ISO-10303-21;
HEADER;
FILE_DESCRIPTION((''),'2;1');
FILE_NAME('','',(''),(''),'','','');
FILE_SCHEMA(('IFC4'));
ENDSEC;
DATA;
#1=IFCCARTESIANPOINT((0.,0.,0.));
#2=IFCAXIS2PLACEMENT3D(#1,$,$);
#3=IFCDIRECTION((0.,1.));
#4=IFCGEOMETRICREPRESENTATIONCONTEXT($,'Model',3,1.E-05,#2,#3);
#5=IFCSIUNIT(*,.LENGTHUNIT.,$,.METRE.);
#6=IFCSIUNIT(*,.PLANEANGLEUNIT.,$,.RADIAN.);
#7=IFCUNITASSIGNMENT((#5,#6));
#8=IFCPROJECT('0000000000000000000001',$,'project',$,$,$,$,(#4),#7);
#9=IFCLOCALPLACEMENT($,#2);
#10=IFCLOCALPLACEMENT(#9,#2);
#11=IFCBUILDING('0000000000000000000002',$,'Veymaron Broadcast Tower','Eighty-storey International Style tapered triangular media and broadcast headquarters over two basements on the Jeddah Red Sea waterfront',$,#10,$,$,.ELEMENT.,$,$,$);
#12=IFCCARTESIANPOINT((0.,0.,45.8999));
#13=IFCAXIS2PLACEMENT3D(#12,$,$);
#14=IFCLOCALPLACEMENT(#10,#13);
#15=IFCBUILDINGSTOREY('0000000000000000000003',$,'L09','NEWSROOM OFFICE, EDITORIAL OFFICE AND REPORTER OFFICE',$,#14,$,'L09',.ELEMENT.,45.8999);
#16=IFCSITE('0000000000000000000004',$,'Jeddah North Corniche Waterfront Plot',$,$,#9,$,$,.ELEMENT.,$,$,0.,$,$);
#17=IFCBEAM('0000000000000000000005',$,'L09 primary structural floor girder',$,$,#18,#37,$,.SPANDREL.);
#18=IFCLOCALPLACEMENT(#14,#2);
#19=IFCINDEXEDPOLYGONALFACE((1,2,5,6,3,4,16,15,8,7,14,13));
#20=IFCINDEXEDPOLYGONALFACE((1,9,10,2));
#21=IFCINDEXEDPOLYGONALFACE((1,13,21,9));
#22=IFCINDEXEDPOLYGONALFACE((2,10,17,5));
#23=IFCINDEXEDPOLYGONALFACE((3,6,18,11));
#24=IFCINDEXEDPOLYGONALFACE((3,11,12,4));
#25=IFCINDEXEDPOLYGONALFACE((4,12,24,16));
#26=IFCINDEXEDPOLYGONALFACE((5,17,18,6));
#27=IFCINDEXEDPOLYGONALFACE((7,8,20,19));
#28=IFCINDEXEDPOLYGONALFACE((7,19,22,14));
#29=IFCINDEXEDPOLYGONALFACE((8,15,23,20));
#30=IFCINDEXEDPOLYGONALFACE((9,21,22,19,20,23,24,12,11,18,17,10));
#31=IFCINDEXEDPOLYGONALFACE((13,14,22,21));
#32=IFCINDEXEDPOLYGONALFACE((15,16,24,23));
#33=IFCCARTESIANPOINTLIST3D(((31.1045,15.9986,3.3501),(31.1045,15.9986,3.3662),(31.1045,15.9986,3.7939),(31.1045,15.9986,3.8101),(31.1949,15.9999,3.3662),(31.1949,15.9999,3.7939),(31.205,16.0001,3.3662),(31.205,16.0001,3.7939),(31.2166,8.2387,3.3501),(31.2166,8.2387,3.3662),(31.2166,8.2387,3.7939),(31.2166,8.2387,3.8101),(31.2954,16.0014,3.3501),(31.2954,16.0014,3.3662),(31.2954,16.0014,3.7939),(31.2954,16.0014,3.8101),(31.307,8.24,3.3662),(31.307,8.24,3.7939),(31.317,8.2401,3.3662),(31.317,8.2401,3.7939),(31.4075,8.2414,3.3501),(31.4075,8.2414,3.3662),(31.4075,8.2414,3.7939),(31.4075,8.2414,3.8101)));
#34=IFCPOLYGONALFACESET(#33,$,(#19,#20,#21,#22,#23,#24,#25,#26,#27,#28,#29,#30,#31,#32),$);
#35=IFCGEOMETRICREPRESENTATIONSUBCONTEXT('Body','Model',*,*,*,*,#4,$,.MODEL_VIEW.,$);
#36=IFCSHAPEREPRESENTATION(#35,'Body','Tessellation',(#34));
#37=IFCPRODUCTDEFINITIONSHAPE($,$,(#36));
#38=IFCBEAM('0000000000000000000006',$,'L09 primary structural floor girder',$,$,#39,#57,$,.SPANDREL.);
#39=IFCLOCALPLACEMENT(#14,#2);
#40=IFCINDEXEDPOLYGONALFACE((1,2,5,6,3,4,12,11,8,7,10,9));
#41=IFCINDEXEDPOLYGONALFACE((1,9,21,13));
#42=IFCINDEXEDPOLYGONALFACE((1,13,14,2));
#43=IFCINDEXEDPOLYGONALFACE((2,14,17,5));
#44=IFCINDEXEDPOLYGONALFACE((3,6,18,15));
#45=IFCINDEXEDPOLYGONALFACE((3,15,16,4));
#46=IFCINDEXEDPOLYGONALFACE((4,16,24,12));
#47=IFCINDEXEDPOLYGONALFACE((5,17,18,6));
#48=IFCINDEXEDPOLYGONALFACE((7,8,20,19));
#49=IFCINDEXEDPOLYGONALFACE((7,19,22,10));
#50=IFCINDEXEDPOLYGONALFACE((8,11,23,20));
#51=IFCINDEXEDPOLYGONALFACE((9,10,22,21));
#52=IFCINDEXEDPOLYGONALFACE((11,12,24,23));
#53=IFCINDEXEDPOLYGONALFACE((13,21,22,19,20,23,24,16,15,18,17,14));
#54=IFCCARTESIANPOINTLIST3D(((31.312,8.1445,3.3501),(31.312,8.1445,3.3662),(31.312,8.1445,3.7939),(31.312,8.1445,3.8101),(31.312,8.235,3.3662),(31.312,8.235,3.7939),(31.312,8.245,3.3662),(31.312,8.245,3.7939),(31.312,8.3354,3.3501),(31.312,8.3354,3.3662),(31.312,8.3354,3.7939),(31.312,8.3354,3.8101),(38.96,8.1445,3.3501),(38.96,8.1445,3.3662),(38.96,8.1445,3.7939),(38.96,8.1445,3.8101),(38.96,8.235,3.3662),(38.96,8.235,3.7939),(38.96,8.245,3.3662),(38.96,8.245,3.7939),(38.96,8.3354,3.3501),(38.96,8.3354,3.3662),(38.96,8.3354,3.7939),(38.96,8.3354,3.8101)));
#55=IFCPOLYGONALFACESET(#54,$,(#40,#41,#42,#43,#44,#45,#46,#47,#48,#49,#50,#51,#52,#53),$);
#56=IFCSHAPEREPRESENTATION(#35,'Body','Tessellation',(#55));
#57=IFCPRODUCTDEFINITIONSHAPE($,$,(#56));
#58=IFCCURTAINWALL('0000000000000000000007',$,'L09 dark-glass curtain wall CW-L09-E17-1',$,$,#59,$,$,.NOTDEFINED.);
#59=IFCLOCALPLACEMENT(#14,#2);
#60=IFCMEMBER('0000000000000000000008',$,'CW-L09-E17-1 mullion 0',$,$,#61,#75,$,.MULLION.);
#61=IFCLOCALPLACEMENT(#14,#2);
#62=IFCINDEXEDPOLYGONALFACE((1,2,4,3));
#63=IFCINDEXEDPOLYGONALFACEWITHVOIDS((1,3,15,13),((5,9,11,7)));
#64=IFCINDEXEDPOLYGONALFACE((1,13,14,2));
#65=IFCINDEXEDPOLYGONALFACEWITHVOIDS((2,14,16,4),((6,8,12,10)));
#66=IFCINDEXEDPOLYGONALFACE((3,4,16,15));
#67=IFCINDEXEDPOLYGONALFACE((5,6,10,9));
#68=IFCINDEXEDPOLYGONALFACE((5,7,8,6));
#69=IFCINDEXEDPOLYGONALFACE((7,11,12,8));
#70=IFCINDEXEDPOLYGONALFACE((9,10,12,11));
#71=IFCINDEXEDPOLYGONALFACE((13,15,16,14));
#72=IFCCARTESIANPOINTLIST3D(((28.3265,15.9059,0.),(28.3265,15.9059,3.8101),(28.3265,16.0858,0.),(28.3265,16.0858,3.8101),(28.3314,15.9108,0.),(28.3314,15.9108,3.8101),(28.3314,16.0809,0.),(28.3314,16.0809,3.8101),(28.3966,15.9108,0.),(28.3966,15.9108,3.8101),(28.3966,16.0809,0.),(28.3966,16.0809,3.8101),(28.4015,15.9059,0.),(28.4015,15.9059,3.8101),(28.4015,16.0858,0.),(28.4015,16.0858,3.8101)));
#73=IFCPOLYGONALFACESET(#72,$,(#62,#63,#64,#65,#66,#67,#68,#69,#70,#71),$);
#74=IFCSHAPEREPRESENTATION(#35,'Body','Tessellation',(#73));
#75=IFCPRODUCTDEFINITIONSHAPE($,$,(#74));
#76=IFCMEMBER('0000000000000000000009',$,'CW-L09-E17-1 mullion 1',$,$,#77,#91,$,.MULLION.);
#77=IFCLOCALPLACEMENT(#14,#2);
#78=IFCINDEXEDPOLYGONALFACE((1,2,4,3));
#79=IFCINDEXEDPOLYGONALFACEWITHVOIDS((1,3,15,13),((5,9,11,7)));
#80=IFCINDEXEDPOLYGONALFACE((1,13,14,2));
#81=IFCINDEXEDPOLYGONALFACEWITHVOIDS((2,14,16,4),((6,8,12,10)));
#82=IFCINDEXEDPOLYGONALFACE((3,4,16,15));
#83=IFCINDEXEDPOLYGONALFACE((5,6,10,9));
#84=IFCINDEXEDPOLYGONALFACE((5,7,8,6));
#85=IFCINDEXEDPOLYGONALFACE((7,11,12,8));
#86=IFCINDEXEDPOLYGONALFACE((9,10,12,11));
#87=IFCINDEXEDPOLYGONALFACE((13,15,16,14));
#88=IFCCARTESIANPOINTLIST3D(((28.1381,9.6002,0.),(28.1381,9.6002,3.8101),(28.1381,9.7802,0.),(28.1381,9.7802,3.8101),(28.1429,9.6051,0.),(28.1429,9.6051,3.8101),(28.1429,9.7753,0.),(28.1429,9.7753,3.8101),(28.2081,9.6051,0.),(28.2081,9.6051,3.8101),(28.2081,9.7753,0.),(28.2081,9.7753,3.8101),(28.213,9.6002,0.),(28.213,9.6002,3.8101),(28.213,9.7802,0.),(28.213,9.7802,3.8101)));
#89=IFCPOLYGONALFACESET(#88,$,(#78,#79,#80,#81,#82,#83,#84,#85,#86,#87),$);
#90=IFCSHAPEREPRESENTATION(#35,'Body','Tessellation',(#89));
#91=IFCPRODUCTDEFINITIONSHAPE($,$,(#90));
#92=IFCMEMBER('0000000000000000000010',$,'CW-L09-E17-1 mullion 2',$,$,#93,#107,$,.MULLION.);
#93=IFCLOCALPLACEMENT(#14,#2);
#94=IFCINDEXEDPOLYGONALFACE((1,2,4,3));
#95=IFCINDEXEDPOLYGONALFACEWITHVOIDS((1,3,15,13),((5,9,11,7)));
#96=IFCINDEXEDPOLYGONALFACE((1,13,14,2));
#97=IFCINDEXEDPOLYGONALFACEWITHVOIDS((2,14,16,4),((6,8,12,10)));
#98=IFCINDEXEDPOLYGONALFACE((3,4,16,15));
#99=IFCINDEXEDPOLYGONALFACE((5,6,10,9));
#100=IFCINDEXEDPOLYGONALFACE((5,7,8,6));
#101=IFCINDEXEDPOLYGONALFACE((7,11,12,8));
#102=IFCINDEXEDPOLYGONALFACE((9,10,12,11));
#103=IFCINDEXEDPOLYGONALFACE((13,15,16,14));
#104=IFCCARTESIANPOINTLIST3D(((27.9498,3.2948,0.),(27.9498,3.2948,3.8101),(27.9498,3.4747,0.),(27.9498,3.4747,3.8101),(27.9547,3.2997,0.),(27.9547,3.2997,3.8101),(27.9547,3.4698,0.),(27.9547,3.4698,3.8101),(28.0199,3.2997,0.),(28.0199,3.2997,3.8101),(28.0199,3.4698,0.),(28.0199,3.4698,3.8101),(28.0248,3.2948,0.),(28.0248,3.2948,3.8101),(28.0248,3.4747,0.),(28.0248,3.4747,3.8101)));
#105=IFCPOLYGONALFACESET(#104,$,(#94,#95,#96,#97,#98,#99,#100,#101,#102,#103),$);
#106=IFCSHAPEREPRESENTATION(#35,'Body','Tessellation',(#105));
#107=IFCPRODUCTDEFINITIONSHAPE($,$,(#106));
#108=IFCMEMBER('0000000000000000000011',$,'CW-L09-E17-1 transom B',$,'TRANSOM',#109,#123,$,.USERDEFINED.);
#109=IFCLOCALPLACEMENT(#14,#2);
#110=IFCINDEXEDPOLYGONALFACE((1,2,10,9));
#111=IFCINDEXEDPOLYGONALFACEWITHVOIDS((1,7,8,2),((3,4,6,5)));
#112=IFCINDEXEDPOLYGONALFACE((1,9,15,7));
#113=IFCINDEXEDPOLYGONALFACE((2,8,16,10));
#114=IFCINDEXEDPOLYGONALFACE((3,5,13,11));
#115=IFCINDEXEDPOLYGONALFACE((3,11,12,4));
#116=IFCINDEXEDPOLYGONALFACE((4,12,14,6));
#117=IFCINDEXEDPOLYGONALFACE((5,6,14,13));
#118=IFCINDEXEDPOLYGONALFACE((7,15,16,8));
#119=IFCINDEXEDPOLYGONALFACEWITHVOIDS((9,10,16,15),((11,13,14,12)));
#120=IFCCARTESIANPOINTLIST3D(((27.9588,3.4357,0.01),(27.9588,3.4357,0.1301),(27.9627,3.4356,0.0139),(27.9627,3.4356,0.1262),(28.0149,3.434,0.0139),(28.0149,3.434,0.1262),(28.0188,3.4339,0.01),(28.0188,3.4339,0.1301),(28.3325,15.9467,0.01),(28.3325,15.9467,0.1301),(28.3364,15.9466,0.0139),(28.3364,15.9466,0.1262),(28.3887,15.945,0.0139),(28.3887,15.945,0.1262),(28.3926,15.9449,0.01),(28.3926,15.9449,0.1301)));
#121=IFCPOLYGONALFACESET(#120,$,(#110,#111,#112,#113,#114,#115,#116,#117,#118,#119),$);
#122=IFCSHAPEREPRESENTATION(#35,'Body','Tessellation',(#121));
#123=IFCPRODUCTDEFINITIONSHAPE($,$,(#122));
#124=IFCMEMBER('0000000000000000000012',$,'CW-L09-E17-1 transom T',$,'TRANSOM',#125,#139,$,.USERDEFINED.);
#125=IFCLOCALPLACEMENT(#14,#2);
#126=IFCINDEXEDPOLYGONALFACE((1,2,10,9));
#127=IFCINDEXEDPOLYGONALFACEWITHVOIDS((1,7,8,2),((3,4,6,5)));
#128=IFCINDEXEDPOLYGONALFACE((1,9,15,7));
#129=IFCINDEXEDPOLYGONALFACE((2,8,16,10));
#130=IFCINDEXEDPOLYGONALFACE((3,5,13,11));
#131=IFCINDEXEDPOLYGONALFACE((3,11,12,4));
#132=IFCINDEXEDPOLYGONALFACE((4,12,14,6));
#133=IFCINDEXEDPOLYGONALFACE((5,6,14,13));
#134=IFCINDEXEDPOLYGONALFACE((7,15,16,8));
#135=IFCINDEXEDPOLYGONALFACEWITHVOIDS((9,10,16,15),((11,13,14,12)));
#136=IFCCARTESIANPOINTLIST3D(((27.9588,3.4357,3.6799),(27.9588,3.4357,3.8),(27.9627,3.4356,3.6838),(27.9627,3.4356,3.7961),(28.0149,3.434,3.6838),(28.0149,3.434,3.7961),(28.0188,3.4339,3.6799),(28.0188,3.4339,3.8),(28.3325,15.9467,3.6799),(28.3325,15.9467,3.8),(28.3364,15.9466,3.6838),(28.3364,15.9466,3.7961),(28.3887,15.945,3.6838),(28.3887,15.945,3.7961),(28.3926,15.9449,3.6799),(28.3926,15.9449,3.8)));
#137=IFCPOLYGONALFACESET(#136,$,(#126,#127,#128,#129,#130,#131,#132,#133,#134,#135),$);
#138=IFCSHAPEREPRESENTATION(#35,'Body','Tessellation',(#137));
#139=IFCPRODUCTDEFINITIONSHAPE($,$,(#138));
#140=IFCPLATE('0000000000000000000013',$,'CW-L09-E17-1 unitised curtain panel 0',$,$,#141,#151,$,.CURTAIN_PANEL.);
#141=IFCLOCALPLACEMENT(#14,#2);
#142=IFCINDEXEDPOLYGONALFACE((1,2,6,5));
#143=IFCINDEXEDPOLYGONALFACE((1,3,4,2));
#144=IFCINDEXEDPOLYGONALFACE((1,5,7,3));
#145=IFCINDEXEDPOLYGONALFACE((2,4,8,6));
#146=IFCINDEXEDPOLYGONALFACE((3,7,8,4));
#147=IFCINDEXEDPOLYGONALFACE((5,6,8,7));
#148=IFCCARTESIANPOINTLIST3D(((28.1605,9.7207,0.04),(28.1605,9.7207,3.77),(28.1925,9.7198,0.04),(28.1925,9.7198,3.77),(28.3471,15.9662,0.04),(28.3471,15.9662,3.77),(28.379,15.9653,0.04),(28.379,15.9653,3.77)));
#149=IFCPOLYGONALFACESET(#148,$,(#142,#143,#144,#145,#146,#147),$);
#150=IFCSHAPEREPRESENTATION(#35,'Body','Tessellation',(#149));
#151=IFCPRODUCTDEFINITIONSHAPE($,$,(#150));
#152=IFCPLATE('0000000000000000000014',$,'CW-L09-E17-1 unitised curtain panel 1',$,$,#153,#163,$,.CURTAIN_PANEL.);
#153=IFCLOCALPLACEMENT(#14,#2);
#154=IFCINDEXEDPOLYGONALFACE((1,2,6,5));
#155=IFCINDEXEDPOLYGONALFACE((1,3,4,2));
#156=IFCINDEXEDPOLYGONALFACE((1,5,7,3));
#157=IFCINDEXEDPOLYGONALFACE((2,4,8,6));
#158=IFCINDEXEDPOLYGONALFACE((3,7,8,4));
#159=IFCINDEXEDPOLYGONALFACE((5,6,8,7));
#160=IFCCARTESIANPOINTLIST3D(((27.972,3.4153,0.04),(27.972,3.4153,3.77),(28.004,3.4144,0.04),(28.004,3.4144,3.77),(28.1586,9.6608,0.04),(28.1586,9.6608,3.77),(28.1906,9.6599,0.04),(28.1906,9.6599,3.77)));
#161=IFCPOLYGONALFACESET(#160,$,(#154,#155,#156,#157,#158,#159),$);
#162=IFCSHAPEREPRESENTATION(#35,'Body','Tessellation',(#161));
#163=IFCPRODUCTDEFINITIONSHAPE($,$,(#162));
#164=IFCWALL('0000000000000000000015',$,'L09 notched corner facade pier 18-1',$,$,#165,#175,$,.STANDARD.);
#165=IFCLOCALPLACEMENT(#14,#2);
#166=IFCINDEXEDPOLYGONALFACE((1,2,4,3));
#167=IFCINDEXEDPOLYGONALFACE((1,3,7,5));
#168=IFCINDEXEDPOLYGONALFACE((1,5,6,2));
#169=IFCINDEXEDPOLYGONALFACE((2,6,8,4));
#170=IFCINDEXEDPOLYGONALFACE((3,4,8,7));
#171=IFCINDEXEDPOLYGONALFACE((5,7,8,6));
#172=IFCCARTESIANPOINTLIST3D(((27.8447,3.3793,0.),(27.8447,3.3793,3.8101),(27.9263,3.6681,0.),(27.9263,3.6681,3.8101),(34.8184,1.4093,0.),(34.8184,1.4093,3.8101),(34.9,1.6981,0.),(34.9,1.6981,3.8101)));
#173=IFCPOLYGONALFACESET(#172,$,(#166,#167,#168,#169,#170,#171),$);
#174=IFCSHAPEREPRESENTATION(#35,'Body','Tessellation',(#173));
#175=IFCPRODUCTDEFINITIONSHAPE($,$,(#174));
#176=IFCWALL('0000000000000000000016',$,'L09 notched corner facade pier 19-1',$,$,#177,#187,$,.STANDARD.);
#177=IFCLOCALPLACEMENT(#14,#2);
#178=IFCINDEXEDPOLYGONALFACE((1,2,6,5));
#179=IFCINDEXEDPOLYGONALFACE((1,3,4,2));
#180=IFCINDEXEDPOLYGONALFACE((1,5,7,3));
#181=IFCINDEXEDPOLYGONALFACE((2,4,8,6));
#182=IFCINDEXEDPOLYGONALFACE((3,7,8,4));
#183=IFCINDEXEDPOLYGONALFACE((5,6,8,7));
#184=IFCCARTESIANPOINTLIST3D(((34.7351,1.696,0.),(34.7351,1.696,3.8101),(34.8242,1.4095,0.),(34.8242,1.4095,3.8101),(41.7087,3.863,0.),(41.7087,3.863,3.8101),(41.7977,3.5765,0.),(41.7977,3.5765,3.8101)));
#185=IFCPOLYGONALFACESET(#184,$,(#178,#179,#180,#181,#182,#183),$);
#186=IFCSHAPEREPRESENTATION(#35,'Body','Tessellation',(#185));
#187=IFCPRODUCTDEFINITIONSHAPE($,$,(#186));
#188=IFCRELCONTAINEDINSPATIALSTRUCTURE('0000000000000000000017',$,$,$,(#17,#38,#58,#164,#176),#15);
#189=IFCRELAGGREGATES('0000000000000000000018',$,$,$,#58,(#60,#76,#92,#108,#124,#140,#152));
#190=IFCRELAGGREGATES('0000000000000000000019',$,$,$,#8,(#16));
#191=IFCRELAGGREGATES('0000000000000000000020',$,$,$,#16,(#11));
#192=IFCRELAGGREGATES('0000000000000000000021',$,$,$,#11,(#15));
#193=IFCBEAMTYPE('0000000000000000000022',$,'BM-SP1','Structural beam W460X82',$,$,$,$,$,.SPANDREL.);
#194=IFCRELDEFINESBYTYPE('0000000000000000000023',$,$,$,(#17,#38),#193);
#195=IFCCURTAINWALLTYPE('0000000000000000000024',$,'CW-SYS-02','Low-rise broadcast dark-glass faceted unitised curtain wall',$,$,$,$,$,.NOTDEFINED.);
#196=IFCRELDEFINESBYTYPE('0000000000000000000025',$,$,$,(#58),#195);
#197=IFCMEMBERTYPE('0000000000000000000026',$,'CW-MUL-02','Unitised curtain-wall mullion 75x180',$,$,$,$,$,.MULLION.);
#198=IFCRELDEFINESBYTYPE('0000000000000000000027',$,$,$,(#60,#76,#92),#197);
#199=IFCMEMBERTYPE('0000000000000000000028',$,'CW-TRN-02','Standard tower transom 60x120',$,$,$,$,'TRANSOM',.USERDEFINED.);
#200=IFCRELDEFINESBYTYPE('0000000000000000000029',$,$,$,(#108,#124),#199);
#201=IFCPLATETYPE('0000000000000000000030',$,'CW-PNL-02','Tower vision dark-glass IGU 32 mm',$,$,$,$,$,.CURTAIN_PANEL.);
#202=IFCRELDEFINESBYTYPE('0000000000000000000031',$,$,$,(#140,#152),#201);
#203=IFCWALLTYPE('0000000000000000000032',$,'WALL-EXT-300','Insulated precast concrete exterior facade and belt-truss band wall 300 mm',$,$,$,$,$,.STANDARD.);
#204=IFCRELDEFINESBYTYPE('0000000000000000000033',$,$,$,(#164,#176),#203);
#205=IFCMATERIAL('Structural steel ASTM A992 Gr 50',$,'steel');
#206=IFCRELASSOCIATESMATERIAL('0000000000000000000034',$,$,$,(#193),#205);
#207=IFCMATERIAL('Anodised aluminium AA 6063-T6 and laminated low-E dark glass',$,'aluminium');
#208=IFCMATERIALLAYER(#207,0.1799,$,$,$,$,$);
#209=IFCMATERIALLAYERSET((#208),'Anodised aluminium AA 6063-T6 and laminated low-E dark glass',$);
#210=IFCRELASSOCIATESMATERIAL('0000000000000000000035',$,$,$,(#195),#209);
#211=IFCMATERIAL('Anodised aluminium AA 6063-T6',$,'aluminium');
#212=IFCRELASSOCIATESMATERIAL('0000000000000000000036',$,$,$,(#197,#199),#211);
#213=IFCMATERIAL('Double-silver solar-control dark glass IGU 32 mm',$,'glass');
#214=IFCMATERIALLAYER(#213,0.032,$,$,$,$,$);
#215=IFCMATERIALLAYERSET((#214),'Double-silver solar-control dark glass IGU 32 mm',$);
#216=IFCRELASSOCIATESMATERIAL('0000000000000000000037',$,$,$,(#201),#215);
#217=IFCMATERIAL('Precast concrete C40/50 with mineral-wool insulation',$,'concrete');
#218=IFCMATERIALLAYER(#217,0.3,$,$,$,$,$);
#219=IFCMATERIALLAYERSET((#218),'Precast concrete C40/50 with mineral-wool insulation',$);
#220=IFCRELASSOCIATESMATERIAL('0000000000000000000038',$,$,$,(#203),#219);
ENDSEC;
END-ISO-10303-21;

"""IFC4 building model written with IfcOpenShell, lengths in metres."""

from ifc_helpers import new_model, si_unit, direction, frame, frame_2d, origin, origin_2d, place, context, subcontext, project, spatial, rectangle, hollow_rectangle, i_section, extrude, material, layer, layer_set, material_profile, profile_set, type_object, element, aggregate, save


model = new_model("IFC4")

# Units and contexts
model_context = context("Model", 3, precision=1e-05, world=origin(), true_north=direction((0.0, 1.0)))
body_context = subcontext(model_context, "Body", "Model", "MODEL_VIEW")
ifc_project = project(units=[si_unit("LENGTHUNIT", "METRE"), si_unit("PLANEANGLEUNIT", "RADIAN")], contexts=[model_context])

# Site, building, storey
site_placement = place(None, origin())
site = spatial("IfcSite", under=ifc_project, at=site_placement, Name="Jeddah North Corniche Waterfront Plot", CompositionType="ELEMENT", RefElevation=0.0)
building_placement = place(site_placement, origin())
building = spatial("IfcBuilding", under=site, at=building_placement, Name="Veymaron Broadcast Tower", Description="Eighty-storey International Style tapered triangular media and broadcast headquarters over two basements on the Jeddah Red Sea waterfront", CompositionType="ELEMENT")
storey_placement = place(building_placement, frame((0.0, 0.0, 45.8999)))
storey = spatial("IfcBuildingStorey", under=building, at=storey_placement, Name="L09", Description="NEWSROOM OFFICE, EDITORIAL OFFICE AND REPORTER OFFICE", LongName="L09", CompositionType="ELEMENT", Elevation=45.8999)

# Beams
ifc_material_1 = material(Name="Structural steel ASTM A992 Gr 50", Category="steel")
ifc_material_profile_1 = material_profile(ifc_material_1, i_section(OverallWidth=0.1909, OverallDepth=0.46, WebThickness=0.01, FlangeThickness=0.0161, at=origin_2d()), Name="W460X82")
ifc_profile_set_1 = profile_set([ifc_material_profile_1], Name="Structural steel ASTM A992 Gr 50")
beam_type_1 = type_object("IfcBeamType", Name="BM-SP1", Description="Structural beam W460X82", PredefinedType="SPANDREL", material=ifc_profile_set_1)
beam_1_placement = place(storey_placement, frame((31.2, 16.0, 3.5801), z_axis=(0.014439, -0.999896, 0.0), x_axis=(0.999896, 0.014439, 0.0)))
element("IfcBeam", 1, at=beam_1_placement, inside=storey, type_object=beam_type_1, Name="L09 primary structural floor girder", PredefinedType="SPANDREL", context=body_context, shape_type="SweptSolid", body=[
    extrude(i_section(OverallWidth=0.1909, OverallDepth=0.46, WebThickness=0.01, FlangeThickness=0.0161, at=origin_2d()), origin(), (0.0, 0.0, 1.0), 7.7607),
])
beam_2_placement = place(storey_placement, frame((31.312, 8.24, 3.5801), z_axis=(1.0, 0.0, 0.0), x_axis=(0.0, 1.0, 0.0)))
element("IfcBeam", 2, at=beam_2_placement, inside=storey, type_object=beam_type_1, Name="L09 primary structural floor girder", PredefinedType="SPANDREL", context=body_context, shape_type="SweptSolid", body=[
    extrude(i_section(OverallWidth=0.1909, OverallDepth=0.46, WebThickness=0.01, FlangeThickness=0.0161, at=origin_2d()), origin(), (0.0, 0.0, 1.0), 7.6479),
])

# Curtain wall, members, plates
ifc_material_2 = material(Name="Anodised aluminium AA 6063-T6 and laminated low-E dark glass", Category="aluminium")
ifc_layer_1 = layer(ifc_material_2, 0.1799)
ifc_layer_set_1 = layer_set([ifc_layer_1], Name="Anodised aluminium AA 6063-T6 and laminated low-E dark glass")
curtain_wall_type = type_object("IfcCurtainWallType", Name="CW-SYS-02", Description="Low-rise broadcast dark-glass faceted unitised curtain wall", PredefinedType="NOTDEFINED", material=ifc_layer_set_1)
curtain_wall_placement = place(storey_placement, origin())
curtain_wall = element("IfcCurtainWall", 3, at=curtain_wall_placement, inside=storey, type_object=curtain_wall_type, Name="L09 dark-glass curtain wall CW-L09-E17-1", PredefinedType="NOTDEFINED")
ifc_material_3 = material(Name="Anodised aluminium AA 6063-T6", Category="aluminium")
ifc_material_profile_2 = material_profile(ifc_material_3, hollow_rectangle(XDim=0.075, YDim=0.1799, WallThickness=0.0049, at=origin_2d()), Name="AL180X75X5")
ifc_profile_set_2 = profile_set([ifc_material_profile_2], Name="Anodised aluminium AA 6063-T6")
member_type_1 = type_object("IfcMemberType", Name="CW-MUL-02", Description="Unitised curtain-wall mullion 75x180", PredefinedType="MULLION", material=ifc_profile_set_2)
member_1_placement = place(storey_placement, frame((28.364, 15.9958, 0.0), z_axis=(0.0, 0.0, 1.0), x_axis=(1.0, 0.0, 0.0)))
member_1 = element("IfcMember", 4, at=member_1_placement, type_object=member_type_1, Name="CW-L09-E17-1 mullion 0", PredefinedType="MULLION", context=body_context, shape_type="SweptSolid", body=[
    extrude(hollow_rectangle(XDim=0.075, YDim=0.1799, WallThickness=0.0049, at=origin_2d()), origin(), (0.0, 0.0, 1.0), 3.8101),
])
member_2_placement = place(storey_placement, frame((28.1755, 9.6902, 0.0), z_axis=(0.0, 0.0, 1.0), x_axis=(1.0, 0.0, 0.0)))
member_2 = element("IfcMember", 5, at=member_2_placement, type_object=member_type_1, Name="CW-L09-E17-1 mullion 1", PredefinedType="MULLION", context=body_context, shape_type="SweptSolid", body=[
    extrude(hollow_rectangle(XDim=0.075, YDim=0.1799, WallThickness=0.0049, at=origin_2d()), origin(), (0.0, 0.0, 1.0), 3.8101),
])
member_3_placement = place(storey_placement, frame((27.9873, 3.3848, 0.0), z_axis=(0.0, 0.0, 1.0), x_axis=(1.0, 0.0, 0.0)))
member_3 = element("IfcMember", 6, at=member_3_placement, type_object=member_type_1, Name="CW-L09-E17-1 mullion 2", PredefinedType="MULLION", context=body_context, shape_type="SweptSolid", body=[
    extrude(hollow_rectangle(XDim=0.075, YDim=0.1799, WallThickness=0.0049, at=origin_2d()), origin(), (0.0, 0.0, 1.0), 3.8101),
])
ifc_material_profile_3 = material_profile(ifc_material_3, hollow_rectangle(XDim=0.0601, YDim=0.1201, WallThickness=0.0039, at=origin_2d()), Name="AL120X60X4")
ifc_profile_set_3 = profile_set([ifc_material_profile_3], Name="Anodised aluminium AA 6063-T6")
member_type_2 = type_object("IfcMemberType", Name="CW-TRN-02", Description="Standard tower transom 60x120", ElementType="TRANSOM", PredefinedType="USERDEFINED", material=ifc_profile_set_3)
member_4_placement = place(storey_placement, frame((28.3625, 15.9458, 0.0701), z_axis=(-0.029863, -0.999554, 0.0), x_axis=(0.999554, -0.029863, 0.0)))
member_4 = element("IfcMember", 7, at=member_4_placement, type_object=member_type_2, Name="CW-L09-E17-1 transom B", ObjectType="TRANSOM", PredefinedType="USERDEFINED", context=body_context, shape_type="SweptSolid", body=[
    extrude(hollow_rectangle(XDim=0.0601, YDim=0.1201, WallThickness=0.0039, at=origin_2d()), origin(), (0.0, 0.0, 1.0), 12.5166),
])
member_5_placement = place(storey_placement, frame((28.3625, 15.9458, 3.74), z_axis=(-0.029863, -0.999554, 0.0), x_axis=(0.999554, -0.029863, 0.0)))
member_5 = element("IfcMember", 8, at=member_5_placement, type_object=member_type_2, Name="CW-L09-E17-1 transom T", ObjectType="TRANSOM", PredefinedType="USERDEFINED", context=body_context, shape_type="SweptSolid", body=[
    extrude(hollow_rectangle(XDim=0.0601, YDim=0.1201, WallThickness=0.0039, at=origin_2d()), origin(), (0.0, 0.0, 1.0), 12.5166),
])
ifc_material_4 = material(Name="Double-silver solar-control dark glass IGU 32 mm", Category="glass")
ifc_layer_2 = layer(ifc_material_4, 0.032)
ifc_layer_set_2 = layer_set([ifc_layer_2], Name="Double-silver solar-control dark glass IGU 32 mm")
plate_type = type_object("IfcPlateType", Name="CW-PNL-02", Description="Tower vision dark-glass IGU 32 mm", PredefinedType="CURTAIN_PANEL", material=ifc_layer_set_2)
plate_1_placement = place(storey_placement, frame((28.2698, 12.843, 0.04), z_axis=(0.0, 0.0, 1.0), x_axis=(-0.029858, -0.999554, 0.0)))
plate_1 = element("IfcPlate", 9, at=plate_1_placement, type_object=plate_type, Name="CW-L09-E17-1 unitised curtain panel 0", PredefinedType="CURTAIN_PANEL", context=body_context, shape_type="SweptSolid", body=[
    extrude(rectangle(XDim=6.2483, YDim=0.032, at=origin_2d()), origin(), (0.0, 0.0, 1.0), 3.73),
])
plate_2_placement = place(storey_placement, frame((28.0813, 6.5376, 0.04), z_axis=(0.0, 0.0, 1.0), x_axis=(-0.029858, -0.999554, 0.0)))
plate_2 = element("IfcPlate", 10, at=plate_2_placement, type_object=plate_type, Name="CW-L09-E17-1 unitised curtain panel 1", PredefinedType="CURTAIN_PANEL", context=body_context, shape_type="SweptSolid", body=[
    extrude(rectangle(XDim=6.2483, YDim=0.032, at=origin_2d()), origin(), (0.0, 0.0, 1.0), 3.73),
])
aggregate(curtain_wall, [member_1, member_2, member_3, member_4, member_5, plate_1, plate_2])

# Walls
ifc_material_5 = material(Name="Precast concrete C40/50 with mineral-wool insulation", Category="concrete")
ifc_layer_3 = layer(ifc_material_5, 0.3)
ifc_layer_set_3 = layer_set([ifc_layer_3], Name="Precast concrete C40/50 with mineral-wool insulation")
wall_type_1 = type_object("IfcWallType", Name="WALL-EXT-300", Description="Insulated precast concrete exterior facade and belt-truss band wall 300 mm", PredefinedType="STANDARD", material=ifc_layer_set_3)
wall_1_placement = place(storey_placement, frame((27.8855, 3.5237, 0.0), z_axis=(0.0, 0.0, 1.0), x_axis=(0.96234, -0.27185, 0.0)))
element("IfcWall", 11, at=wall_1_placement, inside=storey, type_object=wall_type_1, Name="L09 notched corner facade pier 18-1", PredefinedType="STANDARD", context=body_context, shape_type="SweptSolid", body=[
    extrude(rectangle(XDim=7.2466, YDim=0.3, at=frame_2d((3.6233, 0.0))), origin(), (0.0, 0.0, 1.0), 3.8101),
])
wall_2_placement = place(storey_placement, frame((34.7795, 1.5527, 0.0), z_axis=(0.0, 0.0, 1.0), x_axis=(0.954957, 0.296744, 0.0)))
element("IfcWall", 12, at=wall_2_placement, inside=storey, type_object=wall_type_1, Name="L09 notched corner facade pier 19-1", PredefinedType="STANDARD", context=body_context, shape_type="SweptSolid", body=[
    extrude(rectangle(XDim=7.3025, YDim=0.3, at=frame_2d((3.6514, 0.0))), origin(), (0.0, 0.0, 1.0), 3.8101),
])

save(model, "model.ifc")
